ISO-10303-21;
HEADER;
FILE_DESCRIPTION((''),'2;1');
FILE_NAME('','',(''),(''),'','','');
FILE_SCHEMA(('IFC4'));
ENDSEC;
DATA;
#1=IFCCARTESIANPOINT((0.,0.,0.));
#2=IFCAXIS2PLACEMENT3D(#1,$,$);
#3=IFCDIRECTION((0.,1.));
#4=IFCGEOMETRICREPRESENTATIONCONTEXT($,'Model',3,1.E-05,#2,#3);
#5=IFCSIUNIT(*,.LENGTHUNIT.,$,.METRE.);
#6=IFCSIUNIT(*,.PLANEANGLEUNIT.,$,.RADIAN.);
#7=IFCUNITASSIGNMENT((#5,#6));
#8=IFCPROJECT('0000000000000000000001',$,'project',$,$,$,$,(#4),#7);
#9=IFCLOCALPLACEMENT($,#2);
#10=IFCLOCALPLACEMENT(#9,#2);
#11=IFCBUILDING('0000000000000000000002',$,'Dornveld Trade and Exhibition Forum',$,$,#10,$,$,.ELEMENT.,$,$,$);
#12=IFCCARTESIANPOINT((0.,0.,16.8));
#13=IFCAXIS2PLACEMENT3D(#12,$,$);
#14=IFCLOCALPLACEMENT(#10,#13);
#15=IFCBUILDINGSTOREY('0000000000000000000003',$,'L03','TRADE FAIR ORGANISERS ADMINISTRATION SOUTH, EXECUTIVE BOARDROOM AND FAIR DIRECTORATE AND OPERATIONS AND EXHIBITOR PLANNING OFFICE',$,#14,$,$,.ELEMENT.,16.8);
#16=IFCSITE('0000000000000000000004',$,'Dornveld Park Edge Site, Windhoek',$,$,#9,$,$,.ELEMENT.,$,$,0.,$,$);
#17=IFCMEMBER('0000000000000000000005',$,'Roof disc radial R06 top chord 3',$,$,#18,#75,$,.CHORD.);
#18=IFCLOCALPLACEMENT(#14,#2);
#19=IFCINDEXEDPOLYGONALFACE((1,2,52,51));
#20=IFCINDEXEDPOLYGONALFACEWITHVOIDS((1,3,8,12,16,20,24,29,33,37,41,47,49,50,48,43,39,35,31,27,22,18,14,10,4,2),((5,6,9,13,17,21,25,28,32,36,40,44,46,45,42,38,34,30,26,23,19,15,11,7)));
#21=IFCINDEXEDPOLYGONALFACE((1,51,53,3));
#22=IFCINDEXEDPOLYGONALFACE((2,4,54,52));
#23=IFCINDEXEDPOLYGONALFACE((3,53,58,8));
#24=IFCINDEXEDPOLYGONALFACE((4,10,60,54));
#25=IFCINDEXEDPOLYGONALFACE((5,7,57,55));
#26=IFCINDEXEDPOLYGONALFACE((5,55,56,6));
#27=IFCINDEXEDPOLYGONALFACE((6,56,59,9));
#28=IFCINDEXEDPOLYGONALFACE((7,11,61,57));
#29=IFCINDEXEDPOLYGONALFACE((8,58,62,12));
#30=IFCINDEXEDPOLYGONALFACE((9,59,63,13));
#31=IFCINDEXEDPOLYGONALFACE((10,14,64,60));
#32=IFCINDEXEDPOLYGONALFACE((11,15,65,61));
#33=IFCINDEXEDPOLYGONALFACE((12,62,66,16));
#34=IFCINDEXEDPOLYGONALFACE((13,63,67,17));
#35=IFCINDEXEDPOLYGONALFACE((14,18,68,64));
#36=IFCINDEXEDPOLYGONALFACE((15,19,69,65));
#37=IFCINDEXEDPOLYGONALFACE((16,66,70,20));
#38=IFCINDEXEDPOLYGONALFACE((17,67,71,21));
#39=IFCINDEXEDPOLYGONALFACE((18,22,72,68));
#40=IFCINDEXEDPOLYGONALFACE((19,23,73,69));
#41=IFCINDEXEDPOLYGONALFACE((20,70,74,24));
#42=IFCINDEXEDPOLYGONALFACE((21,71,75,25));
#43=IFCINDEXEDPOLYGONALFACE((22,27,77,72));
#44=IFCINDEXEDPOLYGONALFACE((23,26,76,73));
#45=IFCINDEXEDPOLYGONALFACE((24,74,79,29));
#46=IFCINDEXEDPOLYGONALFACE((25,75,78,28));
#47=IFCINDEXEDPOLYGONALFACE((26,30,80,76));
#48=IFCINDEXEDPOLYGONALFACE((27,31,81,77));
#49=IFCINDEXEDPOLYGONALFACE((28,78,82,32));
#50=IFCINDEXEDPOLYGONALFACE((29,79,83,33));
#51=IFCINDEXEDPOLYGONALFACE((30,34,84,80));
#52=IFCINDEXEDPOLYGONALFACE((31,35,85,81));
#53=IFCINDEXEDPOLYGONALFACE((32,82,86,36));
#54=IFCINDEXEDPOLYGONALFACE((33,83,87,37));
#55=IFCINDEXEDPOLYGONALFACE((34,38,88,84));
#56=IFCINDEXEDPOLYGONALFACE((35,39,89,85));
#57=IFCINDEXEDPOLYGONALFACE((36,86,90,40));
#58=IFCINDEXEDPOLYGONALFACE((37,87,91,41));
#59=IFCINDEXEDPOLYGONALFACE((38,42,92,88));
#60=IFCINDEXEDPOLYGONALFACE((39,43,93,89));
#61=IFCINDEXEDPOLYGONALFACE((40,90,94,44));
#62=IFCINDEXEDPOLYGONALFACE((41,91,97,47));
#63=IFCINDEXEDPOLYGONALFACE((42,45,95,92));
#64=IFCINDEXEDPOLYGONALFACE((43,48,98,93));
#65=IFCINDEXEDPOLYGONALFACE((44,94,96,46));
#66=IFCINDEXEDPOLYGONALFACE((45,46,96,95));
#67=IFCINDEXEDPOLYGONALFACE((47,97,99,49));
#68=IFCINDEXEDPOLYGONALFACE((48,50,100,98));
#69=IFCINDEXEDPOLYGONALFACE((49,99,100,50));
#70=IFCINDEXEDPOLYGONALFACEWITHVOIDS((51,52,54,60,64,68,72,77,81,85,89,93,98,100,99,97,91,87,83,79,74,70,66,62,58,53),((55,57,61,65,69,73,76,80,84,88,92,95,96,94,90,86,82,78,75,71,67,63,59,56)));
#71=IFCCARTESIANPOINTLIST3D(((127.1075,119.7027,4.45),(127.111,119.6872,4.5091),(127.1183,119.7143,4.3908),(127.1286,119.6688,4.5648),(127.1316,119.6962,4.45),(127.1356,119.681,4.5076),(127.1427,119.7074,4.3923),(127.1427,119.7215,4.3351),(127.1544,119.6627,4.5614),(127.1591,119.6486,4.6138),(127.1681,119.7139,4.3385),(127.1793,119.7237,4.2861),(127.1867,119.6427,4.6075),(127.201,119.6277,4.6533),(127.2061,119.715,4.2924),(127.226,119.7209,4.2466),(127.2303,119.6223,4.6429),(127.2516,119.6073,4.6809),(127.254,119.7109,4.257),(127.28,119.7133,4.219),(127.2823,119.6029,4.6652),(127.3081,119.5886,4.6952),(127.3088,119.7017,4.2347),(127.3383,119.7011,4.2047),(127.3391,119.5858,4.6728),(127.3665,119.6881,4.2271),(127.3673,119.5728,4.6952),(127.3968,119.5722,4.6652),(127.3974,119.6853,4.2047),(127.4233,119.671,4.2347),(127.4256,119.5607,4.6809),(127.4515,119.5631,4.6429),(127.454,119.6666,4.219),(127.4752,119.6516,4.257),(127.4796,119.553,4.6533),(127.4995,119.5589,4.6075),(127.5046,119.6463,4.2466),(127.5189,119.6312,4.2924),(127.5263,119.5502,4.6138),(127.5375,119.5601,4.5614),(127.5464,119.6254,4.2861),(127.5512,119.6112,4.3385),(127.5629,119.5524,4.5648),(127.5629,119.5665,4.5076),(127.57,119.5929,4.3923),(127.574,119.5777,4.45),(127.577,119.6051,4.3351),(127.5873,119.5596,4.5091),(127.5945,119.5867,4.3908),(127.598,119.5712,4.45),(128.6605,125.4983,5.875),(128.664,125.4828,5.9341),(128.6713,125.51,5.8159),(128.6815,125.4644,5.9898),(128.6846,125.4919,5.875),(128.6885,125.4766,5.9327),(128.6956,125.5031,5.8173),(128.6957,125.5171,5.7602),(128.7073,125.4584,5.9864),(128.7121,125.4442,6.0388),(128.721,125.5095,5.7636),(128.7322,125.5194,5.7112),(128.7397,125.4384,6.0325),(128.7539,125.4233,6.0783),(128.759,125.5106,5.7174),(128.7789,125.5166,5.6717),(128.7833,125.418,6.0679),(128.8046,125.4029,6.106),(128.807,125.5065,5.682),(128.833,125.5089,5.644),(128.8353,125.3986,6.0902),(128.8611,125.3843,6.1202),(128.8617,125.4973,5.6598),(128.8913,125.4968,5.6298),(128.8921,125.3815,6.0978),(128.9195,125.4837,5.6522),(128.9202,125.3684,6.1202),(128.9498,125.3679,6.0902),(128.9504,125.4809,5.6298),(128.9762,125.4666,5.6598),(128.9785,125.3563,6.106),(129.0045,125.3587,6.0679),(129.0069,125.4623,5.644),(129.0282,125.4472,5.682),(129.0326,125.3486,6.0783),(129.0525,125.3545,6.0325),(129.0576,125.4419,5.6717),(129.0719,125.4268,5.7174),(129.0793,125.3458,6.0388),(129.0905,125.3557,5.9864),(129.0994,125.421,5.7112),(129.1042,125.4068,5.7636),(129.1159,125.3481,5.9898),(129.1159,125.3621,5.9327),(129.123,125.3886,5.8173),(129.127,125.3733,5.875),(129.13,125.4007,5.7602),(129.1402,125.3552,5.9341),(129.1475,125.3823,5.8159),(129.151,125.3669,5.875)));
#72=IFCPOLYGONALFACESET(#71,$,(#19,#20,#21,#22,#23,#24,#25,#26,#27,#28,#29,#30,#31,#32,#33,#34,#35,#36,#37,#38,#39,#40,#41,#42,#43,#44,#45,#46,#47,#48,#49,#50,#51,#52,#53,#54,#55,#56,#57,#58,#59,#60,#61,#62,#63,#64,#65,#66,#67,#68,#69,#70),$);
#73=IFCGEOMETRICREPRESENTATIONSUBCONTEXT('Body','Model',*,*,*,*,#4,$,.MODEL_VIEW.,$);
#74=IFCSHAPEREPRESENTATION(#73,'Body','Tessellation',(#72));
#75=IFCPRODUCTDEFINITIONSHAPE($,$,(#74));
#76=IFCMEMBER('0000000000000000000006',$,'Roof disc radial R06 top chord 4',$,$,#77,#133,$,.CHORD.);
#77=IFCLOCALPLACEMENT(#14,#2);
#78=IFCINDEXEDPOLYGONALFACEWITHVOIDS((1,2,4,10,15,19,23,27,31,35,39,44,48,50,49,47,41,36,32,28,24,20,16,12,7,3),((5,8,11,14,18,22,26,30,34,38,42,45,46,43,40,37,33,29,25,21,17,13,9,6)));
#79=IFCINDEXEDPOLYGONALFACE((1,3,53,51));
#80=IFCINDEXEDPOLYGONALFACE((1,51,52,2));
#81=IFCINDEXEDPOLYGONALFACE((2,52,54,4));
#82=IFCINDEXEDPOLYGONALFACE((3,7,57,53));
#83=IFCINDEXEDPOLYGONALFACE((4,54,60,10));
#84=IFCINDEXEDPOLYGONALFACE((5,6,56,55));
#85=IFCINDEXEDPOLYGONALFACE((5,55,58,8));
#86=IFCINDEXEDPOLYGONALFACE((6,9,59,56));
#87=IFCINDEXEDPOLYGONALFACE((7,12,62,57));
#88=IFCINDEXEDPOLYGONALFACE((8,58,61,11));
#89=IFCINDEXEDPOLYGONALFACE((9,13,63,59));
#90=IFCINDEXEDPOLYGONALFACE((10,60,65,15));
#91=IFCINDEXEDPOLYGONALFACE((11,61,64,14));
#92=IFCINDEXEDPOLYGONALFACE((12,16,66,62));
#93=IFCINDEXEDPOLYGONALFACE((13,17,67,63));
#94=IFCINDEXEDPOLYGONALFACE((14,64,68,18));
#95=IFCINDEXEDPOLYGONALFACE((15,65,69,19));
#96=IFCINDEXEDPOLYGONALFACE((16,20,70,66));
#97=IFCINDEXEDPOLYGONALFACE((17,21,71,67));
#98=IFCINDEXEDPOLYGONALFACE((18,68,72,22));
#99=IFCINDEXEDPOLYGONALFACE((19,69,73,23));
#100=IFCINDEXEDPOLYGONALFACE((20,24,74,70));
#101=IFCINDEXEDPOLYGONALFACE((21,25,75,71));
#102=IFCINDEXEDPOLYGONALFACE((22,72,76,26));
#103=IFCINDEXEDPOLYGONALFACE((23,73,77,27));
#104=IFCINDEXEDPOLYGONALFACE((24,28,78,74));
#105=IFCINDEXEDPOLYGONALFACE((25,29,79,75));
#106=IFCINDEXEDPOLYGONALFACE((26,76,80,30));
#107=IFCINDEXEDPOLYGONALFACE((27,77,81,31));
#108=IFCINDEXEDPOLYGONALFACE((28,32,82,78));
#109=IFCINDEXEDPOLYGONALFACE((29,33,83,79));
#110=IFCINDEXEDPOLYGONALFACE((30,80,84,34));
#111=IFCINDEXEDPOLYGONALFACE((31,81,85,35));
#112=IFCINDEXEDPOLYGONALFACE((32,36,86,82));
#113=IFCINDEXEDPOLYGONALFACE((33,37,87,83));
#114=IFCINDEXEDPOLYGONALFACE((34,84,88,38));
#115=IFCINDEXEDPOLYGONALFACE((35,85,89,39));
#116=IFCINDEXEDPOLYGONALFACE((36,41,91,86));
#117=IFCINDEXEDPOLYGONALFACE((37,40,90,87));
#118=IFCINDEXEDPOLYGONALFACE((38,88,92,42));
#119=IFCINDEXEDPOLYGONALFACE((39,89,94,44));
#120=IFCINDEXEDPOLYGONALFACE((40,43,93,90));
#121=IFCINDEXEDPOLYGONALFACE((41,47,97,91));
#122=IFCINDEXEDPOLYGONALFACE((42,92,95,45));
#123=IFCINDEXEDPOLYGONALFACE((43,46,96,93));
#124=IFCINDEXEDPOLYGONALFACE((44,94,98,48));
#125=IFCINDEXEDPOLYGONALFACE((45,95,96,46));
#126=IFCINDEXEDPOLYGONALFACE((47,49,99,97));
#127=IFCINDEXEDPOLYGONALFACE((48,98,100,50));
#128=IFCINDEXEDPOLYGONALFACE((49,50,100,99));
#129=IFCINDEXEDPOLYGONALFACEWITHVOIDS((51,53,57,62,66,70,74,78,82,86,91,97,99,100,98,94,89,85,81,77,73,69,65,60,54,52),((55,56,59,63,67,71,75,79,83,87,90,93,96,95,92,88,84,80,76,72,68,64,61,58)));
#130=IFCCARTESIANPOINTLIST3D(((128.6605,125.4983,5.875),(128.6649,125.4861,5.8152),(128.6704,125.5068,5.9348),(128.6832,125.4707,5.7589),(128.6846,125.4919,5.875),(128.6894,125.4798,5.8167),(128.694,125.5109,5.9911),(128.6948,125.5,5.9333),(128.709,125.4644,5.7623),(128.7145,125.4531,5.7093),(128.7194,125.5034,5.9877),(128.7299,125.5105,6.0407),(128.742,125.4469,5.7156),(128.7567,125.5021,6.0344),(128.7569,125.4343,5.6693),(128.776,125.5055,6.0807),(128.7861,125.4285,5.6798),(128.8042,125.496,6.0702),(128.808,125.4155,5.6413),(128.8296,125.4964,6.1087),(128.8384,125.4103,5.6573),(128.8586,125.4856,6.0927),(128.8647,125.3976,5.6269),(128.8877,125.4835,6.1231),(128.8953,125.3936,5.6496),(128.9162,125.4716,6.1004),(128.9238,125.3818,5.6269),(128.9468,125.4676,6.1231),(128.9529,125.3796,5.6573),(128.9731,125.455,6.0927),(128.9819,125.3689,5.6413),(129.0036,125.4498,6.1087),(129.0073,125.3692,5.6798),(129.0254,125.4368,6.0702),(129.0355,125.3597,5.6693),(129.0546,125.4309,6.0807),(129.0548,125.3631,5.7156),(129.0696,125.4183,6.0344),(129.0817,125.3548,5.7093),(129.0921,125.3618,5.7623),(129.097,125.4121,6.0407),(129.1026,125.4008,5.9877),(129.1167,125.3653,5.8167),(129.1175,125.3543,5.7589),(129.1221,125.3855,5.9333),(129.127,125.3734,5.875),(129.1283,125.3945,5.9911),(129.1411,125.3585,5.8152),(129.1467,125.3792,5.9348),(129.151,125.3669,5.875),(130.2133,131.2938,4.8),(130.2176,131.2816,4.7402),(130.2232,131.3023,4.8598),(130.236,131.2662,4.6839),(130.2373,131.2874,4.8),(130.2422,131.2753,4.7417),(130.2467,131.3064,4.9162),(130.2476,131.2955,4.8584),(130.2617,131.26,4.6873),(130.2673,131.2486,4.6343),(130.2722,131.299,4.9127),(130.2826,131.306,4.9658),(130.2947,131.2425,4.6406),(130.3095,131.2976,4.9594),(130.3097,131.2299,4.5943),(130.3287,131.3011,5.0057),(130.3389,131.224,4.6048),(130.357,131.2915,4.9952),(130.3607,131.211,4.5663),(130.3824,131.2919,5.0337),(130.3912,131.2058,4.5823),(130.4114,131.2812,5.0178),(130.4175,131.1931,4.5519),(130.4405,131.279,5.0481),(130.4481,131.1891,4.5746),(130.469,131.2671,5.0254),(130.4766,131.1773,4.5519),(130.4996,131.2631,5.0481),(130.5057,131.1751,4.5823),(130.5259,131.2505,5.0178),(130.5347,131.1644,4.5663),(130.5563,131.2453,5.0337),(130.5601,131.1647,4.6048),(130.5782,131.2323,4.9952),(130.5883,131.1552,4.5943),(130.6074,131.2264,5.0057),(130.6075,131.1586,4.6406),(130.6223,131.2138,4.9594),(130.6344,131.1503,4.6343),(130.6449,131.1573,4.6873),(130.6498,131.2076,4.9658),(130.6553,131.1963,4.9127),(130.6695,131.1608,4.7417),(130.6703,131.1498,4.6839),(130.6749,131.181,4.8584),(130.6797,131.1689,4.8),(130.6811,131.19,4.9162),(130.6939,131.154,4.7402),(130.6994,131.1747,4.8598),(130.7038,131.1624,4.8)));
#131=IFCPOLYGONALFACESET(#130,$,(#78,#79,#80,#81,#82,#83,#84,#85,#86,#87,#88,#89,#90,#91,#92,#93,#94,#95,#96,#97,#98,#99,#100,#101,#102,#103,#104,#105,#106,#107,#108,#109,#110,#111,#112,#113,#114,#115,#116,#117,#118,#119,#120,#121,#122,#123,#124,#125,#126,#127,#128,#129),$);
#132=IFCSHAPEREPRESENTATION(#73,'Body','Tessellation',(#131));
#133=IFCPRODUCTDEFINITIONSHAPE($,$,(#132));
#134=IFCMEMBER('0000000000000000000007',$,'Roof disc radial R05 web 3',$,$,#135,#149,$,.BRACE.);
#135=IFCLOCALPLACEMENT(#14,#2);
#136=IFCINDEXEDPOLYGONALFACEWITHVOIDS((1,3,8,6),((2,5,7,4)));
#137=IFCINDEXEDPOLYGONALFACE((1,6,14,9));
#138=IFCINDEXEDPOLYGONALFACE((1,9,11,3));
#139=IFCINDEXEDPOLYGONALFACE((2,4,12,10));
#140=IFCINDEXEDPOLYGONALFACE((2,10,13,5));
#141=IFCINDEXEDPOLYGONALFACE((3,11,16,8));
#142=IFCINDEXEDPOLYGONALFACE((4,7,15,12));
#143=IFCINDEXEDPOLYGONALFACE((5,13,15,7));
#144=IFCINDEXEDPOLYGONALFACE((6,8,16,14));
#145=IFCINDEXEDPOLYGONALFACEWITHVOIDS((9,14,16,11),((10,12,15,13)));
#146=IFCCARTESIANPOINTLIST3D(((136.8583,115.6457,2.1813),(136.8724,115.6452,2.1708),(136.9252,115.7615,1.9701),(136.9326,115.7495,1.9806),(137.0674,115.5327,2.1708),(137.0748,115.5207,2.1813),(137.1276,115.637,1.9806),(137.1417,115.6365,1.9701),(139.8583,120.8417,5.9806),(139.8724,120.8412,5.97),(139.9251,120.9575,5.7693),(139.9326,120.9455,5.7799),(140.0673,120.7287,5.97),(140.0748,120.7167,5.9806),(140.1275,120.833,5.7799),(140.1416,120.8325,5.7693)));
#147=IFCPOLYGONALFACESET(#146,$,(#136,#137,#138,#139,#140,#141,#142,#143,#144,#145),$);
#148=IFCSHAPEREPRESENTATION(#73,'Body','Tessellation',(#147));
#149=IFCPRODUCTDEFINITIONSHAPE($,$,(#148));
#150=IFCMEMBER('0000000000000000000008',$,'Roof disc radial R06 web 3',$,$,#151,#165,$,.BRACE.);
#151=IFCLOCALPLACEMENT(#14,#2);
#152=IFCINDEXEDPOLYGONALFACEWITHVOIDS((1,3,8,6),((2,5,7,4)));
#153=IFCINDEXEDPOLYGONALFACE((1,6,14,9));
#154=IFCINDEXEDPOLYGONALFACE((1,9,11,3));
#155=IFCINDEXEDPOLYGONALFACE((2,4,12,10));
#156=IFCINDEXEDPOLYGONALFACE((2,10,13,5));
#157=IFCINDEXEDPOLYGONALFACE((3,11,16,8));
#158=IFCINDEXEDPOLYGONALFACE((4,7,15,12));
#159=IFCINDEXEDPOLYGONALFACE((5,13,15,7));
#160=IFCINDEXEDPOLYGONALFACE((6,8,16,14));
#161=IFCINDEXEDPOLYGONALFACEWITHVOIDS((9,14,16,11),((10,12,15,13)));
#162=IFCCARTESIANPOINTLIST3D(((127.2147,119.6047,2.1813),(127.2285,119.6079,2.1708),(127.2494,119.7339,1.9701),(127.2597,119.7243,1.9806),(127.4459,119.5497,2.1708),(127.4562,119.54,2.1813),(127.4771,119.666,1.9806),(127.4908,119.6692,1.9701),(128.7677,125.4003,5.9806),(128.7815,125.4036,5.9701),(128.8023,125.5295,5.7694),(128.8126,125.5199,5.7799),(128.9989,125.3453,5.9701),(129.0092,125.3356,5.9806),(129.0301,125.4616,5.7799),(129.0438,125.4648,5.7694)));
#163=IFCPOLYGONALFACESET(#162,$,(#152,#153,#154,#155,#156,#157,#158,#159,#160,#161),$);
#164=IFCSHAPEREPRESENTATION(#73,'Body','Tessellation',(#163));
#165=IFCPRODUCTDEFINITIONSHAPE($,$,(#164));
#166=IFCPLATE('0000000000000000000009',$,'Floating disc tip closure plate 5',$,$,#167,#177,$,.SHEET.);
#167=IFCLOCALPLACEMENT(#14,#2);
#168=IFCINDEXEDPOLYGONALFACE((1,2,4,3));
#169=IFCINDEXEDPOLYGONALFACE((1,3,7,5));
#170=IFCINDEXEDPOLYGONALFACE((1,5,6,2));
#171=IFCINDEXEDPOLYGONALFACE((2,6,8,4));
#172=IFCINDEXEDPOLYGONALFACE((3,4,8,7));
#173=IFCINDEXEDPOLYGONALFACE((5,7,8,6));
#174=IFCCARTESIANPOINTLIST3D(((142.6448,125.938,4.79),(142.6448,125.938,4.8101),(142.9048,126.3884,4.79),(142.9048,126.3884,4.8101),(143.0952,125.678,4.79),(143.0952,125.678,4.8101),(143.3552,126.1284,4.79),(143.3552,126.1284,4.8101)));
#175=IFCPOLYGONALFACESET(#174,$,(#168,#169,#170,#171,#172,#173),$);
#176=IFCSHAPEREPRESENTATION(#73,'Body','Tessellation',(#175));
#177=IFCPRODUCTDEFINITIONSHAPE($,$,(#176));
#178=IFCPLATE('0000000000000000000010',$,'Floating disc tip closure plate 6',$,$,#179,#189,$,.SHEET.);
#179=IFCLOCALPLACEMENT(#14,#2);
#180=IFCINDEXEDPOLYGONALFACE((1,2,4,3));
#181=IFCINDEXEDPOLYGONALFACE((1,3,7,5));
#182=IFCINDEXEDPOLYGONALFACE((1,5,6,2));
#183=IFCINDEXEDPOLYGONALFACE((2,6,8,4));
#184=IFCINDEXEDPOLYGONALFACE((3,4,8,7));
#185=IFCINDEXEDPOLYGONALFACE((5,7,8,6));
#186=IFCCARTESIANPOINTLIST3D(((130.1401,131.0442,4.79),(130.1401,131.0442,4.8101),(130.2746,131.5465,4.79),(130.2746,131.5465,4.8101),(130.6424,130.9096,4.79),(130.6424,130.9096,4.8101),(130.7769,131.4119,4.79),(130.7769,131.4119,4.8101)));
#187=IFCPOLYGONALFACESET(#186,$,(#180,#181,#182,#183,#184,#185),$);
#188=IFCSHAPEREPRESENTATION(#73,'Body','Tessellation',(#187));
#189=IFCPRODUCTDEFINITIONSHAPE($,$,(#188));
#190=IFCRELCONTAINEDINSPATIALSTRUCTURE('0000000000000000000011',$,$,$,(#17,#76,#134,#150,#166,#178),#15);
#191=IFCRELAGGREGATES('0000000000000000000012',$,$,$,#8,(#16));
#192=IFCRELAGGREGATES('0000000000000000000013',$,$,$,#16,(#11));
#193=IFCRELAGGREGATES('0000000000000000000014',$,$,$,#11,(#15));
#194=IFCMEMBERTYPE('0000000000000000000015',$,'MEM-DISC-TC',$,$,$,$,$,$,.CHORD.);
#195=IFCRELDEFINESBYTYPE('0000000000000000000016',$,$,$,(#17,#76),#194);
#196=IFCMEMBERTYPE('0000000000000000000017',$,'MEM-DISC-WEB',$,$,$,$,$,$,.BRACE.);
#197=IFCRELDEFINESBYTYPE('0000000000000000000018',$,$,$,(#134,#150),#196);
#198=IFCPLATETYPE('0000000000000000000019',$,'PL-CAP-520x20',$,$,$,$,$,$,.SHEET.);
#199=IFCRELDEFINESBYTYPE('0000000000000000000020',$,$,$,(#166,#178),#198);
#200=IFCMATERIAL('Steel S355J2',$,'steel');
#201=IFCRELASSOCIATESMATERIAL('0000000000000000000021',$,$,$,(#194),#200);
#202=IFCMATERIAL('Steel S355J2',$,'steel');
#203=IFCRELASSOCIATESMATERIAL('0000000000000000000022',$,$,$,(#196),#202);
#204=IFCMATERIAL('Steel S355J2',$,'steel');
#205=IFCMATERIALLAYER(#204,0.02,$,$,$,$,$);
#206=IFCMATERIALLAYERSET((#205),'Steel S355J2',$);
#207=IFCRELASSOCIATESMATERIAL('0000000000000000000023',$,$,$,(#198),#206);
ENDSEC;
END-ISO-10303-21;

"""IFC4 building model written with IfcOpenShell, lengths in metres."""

from ifc_helpers import new_model, si_unit, direction, frame, origin, origin_2d, place, context, subcontext, project, spatial, rectangle, hollow_rectangle, hollow_circle, extrude, material, layer, layer_set, material_profile, profile_set, type_object, element, save


model = new_model("IFC4")

# Units and contexts
model_context = context("Model", 3, precision=1e-05, world=origin(), true_north=direction((0.0, 1.0)))
body_context = subcontext(model_context, "Body", "Model", "MODEL_VIEW")
ifc_project = project(units=[si_unit("LENGTHUNIT", "METRE"), si_unit("PLANEANGLEUNIT", "RADIAN")], contexts=[model_context])

# Site, building, storey
site_placement = place(None, origin())
site = spatial("IfcSite", under=ifc_project, at=site_placement, Name="Dornveld Park Edge Site, Windhoek", CompositionType="ELEMENT", RefElevation=0.0)
building_placement = place(site_placement, origin())
building = spatial("IfcBuilding", under=site, at=building_placement, Name="Dornveld Trade and Exhibition Forum", CompositionType="ELEMENT")
storey_placement = place(building_placement, frame((0.0, 0.0, 16.8)))
storey = spatial("IfcBuildingStorey", under=building, at=storey_placement, Name="L03", Description="TRADE FAIR ORGANISERS ADMINISTRATION SOUTH, EXECUTIVE BOARDROOM AND FAIR DIRECTORATE AND OPERATIONS AND EXHIBITOR PLANNING OFFICE", CompositionType="ELEMENT", Elevation=16.8)

# Members
ifc_material_1 = material(Name="Steel S355J2", Category="steel")
ifc_material_profile_1 = material_profile(ifc_material_1, hollow_circle(Radius=0.2539, WallThickness=0.0249, at=origin_2d()), Name="CHS 508x25")
ifc_profile_set_1 = profile_set([ifc_material_profile_1], Name="Steel S355J2")
member_type_1 = type_object("IfcMemberType", Name="MEM-DISC-TC", PredefinedType="CHORD", material=ifc_profile_set_1)
member_1_placement = place(storey_placement, frame((127.3528, 119.637, 4.45), z_axis=(0.25182, 0.939782, 0.231076), x_axis=(-0.965924, 0.258825, 0.0)))
element("IfcMember", 1, at=member_1_placement, inside=storey, type_object=member_type_1, Name="Roof disc radial R06 top chord 3", PredefinedType="CHORD", context=body_context, shape_type="SweptSolid", body=[
    extrude(hollow_circle(Radius=0.2539, WallThickness=0.0249, at=origin_2d()), origin(), (0.0, 0.0, 1.0), 6.167),
])
member_2_placement = place(storey_placement, frame((128.9058, 125.4326, 5.875), z_axis=(0.254741, 0.950792, -0.176356), x_axis=(-0.965932, 0.258797, 0.0)))
element("IfcMember", 2, at=member_2_placement, inside=storey, type_object=member_type_1, Name="Roof disc radial R06 top chord 4", PredefinedType="CHORD", context=body_context, shape_type="SweptSolid", body=[
    extrude(hollow_circle(Radius=0.2539, WallThickness=0.0249, at=origin_2d()), origin(), (0.0, 0.0, 1.0), 6.0955),
])
ifc_material_2 = material(Name="Steel S355J2", Category="steel")
ifc_material_profile_2 = material_profile(ifc_material_2, hollow_rectangle(XDim=0.25, YDim=0.25, WallThickness=0.0125, at=origin_2d()), Name="SHS 250x250x12.5")
ifc_profile_set_2 = profile_set([ifc_material_profile_2], Name="Steel S355J2")
member_type_2 = type_object("IfcMemberType", Name="MEM-DISC-WEB", PredefinedType="BRACE", material=ifc_profile_set_2)
member_3_placement = place(storey_placement, frame((137.0, 115.6411, 2.0757), z_axis=(0.422436, 0.731665, 0.534989), x_axis=(-0.866021, 0.500008, 0.0)))
element("IfcMember", 3, at=member_3_placement, inside=storey, type_object=member_type_2, Name="Roof disc radial R05 web 3", PredefinedType="BRACE", context=body_context, shape_type="SweptSolid", body=[
    extrude(hollow_rectangle(XDim=0.25, YDim=0.25, WallThickness=0.0125, at=origin_2d()), origin(), (0.0, 0.0, 1.0), 7.1016),
])
member_4_placement = place(storey_placement, frame((127.3528, 119.637, 2.0757), z_axis=(0.218673, 0.816078, 0.534976), x_axis=(-0.965924, 0.258825, 0.0)))
element("IfcMember", 4, at=member_4_placement, inside=storey, type_object=member_type_2, Name="Roof disc radial R06 web 3", PredefinedType="BRACE", context=body_context, shape_type="SweptSolid", body=[
    extrude(hollow_rectangle(XDim=0.25, YDim=0.25, WallThickness=0.0125, at=origin_2d()), origin(), (0.0, 0.0, 1.0), 7.1018),
])

# Plates
ifc_material_3 = material(Name="Steel S355J2", Category="steel")
ifc_layer_1 = layer(ifc_material_3, 0.02)
ifc_layer_set_1 = layer_set([ifc_layer_1], Name="Steel S355J2")
plate_type_1 = type_object("IfcPlateType", Name="PL-CAP-520x20", PredefinedType="SHEET", material=ifc_layer_set_1)
for number, where, z_axis, x_axis, name in (
    (5, (143.0, 126.0332, 4.79), (0.0, 0.0, 1.0), (0.5, 0.866025, 0.0), "Floating disc tip closure plate 5"),
    (6, (130.4585, 131.228, 4.79), (0.0, 0.0, 1.0), (0.258819, 0.965926, 0.0), "Floating disc tip closure plate 6"),
):
    element("IfcPlate", number, at=place(storey_placement, frame(where, z_axis=z_axis, x_axis=x_axis)), inside=storey, type_object=plate_type_1, Name=name, PredefinedType="SHEET", context=body_context, shape_type="SweptSolid", body=[
        extrude(rectangle(XDim=0.52, YDim=0.52, at=origin_2d()), origin(), (0.0, 0.0, 1.0), 0.02),
    ])

save(model, "model.ifc")
